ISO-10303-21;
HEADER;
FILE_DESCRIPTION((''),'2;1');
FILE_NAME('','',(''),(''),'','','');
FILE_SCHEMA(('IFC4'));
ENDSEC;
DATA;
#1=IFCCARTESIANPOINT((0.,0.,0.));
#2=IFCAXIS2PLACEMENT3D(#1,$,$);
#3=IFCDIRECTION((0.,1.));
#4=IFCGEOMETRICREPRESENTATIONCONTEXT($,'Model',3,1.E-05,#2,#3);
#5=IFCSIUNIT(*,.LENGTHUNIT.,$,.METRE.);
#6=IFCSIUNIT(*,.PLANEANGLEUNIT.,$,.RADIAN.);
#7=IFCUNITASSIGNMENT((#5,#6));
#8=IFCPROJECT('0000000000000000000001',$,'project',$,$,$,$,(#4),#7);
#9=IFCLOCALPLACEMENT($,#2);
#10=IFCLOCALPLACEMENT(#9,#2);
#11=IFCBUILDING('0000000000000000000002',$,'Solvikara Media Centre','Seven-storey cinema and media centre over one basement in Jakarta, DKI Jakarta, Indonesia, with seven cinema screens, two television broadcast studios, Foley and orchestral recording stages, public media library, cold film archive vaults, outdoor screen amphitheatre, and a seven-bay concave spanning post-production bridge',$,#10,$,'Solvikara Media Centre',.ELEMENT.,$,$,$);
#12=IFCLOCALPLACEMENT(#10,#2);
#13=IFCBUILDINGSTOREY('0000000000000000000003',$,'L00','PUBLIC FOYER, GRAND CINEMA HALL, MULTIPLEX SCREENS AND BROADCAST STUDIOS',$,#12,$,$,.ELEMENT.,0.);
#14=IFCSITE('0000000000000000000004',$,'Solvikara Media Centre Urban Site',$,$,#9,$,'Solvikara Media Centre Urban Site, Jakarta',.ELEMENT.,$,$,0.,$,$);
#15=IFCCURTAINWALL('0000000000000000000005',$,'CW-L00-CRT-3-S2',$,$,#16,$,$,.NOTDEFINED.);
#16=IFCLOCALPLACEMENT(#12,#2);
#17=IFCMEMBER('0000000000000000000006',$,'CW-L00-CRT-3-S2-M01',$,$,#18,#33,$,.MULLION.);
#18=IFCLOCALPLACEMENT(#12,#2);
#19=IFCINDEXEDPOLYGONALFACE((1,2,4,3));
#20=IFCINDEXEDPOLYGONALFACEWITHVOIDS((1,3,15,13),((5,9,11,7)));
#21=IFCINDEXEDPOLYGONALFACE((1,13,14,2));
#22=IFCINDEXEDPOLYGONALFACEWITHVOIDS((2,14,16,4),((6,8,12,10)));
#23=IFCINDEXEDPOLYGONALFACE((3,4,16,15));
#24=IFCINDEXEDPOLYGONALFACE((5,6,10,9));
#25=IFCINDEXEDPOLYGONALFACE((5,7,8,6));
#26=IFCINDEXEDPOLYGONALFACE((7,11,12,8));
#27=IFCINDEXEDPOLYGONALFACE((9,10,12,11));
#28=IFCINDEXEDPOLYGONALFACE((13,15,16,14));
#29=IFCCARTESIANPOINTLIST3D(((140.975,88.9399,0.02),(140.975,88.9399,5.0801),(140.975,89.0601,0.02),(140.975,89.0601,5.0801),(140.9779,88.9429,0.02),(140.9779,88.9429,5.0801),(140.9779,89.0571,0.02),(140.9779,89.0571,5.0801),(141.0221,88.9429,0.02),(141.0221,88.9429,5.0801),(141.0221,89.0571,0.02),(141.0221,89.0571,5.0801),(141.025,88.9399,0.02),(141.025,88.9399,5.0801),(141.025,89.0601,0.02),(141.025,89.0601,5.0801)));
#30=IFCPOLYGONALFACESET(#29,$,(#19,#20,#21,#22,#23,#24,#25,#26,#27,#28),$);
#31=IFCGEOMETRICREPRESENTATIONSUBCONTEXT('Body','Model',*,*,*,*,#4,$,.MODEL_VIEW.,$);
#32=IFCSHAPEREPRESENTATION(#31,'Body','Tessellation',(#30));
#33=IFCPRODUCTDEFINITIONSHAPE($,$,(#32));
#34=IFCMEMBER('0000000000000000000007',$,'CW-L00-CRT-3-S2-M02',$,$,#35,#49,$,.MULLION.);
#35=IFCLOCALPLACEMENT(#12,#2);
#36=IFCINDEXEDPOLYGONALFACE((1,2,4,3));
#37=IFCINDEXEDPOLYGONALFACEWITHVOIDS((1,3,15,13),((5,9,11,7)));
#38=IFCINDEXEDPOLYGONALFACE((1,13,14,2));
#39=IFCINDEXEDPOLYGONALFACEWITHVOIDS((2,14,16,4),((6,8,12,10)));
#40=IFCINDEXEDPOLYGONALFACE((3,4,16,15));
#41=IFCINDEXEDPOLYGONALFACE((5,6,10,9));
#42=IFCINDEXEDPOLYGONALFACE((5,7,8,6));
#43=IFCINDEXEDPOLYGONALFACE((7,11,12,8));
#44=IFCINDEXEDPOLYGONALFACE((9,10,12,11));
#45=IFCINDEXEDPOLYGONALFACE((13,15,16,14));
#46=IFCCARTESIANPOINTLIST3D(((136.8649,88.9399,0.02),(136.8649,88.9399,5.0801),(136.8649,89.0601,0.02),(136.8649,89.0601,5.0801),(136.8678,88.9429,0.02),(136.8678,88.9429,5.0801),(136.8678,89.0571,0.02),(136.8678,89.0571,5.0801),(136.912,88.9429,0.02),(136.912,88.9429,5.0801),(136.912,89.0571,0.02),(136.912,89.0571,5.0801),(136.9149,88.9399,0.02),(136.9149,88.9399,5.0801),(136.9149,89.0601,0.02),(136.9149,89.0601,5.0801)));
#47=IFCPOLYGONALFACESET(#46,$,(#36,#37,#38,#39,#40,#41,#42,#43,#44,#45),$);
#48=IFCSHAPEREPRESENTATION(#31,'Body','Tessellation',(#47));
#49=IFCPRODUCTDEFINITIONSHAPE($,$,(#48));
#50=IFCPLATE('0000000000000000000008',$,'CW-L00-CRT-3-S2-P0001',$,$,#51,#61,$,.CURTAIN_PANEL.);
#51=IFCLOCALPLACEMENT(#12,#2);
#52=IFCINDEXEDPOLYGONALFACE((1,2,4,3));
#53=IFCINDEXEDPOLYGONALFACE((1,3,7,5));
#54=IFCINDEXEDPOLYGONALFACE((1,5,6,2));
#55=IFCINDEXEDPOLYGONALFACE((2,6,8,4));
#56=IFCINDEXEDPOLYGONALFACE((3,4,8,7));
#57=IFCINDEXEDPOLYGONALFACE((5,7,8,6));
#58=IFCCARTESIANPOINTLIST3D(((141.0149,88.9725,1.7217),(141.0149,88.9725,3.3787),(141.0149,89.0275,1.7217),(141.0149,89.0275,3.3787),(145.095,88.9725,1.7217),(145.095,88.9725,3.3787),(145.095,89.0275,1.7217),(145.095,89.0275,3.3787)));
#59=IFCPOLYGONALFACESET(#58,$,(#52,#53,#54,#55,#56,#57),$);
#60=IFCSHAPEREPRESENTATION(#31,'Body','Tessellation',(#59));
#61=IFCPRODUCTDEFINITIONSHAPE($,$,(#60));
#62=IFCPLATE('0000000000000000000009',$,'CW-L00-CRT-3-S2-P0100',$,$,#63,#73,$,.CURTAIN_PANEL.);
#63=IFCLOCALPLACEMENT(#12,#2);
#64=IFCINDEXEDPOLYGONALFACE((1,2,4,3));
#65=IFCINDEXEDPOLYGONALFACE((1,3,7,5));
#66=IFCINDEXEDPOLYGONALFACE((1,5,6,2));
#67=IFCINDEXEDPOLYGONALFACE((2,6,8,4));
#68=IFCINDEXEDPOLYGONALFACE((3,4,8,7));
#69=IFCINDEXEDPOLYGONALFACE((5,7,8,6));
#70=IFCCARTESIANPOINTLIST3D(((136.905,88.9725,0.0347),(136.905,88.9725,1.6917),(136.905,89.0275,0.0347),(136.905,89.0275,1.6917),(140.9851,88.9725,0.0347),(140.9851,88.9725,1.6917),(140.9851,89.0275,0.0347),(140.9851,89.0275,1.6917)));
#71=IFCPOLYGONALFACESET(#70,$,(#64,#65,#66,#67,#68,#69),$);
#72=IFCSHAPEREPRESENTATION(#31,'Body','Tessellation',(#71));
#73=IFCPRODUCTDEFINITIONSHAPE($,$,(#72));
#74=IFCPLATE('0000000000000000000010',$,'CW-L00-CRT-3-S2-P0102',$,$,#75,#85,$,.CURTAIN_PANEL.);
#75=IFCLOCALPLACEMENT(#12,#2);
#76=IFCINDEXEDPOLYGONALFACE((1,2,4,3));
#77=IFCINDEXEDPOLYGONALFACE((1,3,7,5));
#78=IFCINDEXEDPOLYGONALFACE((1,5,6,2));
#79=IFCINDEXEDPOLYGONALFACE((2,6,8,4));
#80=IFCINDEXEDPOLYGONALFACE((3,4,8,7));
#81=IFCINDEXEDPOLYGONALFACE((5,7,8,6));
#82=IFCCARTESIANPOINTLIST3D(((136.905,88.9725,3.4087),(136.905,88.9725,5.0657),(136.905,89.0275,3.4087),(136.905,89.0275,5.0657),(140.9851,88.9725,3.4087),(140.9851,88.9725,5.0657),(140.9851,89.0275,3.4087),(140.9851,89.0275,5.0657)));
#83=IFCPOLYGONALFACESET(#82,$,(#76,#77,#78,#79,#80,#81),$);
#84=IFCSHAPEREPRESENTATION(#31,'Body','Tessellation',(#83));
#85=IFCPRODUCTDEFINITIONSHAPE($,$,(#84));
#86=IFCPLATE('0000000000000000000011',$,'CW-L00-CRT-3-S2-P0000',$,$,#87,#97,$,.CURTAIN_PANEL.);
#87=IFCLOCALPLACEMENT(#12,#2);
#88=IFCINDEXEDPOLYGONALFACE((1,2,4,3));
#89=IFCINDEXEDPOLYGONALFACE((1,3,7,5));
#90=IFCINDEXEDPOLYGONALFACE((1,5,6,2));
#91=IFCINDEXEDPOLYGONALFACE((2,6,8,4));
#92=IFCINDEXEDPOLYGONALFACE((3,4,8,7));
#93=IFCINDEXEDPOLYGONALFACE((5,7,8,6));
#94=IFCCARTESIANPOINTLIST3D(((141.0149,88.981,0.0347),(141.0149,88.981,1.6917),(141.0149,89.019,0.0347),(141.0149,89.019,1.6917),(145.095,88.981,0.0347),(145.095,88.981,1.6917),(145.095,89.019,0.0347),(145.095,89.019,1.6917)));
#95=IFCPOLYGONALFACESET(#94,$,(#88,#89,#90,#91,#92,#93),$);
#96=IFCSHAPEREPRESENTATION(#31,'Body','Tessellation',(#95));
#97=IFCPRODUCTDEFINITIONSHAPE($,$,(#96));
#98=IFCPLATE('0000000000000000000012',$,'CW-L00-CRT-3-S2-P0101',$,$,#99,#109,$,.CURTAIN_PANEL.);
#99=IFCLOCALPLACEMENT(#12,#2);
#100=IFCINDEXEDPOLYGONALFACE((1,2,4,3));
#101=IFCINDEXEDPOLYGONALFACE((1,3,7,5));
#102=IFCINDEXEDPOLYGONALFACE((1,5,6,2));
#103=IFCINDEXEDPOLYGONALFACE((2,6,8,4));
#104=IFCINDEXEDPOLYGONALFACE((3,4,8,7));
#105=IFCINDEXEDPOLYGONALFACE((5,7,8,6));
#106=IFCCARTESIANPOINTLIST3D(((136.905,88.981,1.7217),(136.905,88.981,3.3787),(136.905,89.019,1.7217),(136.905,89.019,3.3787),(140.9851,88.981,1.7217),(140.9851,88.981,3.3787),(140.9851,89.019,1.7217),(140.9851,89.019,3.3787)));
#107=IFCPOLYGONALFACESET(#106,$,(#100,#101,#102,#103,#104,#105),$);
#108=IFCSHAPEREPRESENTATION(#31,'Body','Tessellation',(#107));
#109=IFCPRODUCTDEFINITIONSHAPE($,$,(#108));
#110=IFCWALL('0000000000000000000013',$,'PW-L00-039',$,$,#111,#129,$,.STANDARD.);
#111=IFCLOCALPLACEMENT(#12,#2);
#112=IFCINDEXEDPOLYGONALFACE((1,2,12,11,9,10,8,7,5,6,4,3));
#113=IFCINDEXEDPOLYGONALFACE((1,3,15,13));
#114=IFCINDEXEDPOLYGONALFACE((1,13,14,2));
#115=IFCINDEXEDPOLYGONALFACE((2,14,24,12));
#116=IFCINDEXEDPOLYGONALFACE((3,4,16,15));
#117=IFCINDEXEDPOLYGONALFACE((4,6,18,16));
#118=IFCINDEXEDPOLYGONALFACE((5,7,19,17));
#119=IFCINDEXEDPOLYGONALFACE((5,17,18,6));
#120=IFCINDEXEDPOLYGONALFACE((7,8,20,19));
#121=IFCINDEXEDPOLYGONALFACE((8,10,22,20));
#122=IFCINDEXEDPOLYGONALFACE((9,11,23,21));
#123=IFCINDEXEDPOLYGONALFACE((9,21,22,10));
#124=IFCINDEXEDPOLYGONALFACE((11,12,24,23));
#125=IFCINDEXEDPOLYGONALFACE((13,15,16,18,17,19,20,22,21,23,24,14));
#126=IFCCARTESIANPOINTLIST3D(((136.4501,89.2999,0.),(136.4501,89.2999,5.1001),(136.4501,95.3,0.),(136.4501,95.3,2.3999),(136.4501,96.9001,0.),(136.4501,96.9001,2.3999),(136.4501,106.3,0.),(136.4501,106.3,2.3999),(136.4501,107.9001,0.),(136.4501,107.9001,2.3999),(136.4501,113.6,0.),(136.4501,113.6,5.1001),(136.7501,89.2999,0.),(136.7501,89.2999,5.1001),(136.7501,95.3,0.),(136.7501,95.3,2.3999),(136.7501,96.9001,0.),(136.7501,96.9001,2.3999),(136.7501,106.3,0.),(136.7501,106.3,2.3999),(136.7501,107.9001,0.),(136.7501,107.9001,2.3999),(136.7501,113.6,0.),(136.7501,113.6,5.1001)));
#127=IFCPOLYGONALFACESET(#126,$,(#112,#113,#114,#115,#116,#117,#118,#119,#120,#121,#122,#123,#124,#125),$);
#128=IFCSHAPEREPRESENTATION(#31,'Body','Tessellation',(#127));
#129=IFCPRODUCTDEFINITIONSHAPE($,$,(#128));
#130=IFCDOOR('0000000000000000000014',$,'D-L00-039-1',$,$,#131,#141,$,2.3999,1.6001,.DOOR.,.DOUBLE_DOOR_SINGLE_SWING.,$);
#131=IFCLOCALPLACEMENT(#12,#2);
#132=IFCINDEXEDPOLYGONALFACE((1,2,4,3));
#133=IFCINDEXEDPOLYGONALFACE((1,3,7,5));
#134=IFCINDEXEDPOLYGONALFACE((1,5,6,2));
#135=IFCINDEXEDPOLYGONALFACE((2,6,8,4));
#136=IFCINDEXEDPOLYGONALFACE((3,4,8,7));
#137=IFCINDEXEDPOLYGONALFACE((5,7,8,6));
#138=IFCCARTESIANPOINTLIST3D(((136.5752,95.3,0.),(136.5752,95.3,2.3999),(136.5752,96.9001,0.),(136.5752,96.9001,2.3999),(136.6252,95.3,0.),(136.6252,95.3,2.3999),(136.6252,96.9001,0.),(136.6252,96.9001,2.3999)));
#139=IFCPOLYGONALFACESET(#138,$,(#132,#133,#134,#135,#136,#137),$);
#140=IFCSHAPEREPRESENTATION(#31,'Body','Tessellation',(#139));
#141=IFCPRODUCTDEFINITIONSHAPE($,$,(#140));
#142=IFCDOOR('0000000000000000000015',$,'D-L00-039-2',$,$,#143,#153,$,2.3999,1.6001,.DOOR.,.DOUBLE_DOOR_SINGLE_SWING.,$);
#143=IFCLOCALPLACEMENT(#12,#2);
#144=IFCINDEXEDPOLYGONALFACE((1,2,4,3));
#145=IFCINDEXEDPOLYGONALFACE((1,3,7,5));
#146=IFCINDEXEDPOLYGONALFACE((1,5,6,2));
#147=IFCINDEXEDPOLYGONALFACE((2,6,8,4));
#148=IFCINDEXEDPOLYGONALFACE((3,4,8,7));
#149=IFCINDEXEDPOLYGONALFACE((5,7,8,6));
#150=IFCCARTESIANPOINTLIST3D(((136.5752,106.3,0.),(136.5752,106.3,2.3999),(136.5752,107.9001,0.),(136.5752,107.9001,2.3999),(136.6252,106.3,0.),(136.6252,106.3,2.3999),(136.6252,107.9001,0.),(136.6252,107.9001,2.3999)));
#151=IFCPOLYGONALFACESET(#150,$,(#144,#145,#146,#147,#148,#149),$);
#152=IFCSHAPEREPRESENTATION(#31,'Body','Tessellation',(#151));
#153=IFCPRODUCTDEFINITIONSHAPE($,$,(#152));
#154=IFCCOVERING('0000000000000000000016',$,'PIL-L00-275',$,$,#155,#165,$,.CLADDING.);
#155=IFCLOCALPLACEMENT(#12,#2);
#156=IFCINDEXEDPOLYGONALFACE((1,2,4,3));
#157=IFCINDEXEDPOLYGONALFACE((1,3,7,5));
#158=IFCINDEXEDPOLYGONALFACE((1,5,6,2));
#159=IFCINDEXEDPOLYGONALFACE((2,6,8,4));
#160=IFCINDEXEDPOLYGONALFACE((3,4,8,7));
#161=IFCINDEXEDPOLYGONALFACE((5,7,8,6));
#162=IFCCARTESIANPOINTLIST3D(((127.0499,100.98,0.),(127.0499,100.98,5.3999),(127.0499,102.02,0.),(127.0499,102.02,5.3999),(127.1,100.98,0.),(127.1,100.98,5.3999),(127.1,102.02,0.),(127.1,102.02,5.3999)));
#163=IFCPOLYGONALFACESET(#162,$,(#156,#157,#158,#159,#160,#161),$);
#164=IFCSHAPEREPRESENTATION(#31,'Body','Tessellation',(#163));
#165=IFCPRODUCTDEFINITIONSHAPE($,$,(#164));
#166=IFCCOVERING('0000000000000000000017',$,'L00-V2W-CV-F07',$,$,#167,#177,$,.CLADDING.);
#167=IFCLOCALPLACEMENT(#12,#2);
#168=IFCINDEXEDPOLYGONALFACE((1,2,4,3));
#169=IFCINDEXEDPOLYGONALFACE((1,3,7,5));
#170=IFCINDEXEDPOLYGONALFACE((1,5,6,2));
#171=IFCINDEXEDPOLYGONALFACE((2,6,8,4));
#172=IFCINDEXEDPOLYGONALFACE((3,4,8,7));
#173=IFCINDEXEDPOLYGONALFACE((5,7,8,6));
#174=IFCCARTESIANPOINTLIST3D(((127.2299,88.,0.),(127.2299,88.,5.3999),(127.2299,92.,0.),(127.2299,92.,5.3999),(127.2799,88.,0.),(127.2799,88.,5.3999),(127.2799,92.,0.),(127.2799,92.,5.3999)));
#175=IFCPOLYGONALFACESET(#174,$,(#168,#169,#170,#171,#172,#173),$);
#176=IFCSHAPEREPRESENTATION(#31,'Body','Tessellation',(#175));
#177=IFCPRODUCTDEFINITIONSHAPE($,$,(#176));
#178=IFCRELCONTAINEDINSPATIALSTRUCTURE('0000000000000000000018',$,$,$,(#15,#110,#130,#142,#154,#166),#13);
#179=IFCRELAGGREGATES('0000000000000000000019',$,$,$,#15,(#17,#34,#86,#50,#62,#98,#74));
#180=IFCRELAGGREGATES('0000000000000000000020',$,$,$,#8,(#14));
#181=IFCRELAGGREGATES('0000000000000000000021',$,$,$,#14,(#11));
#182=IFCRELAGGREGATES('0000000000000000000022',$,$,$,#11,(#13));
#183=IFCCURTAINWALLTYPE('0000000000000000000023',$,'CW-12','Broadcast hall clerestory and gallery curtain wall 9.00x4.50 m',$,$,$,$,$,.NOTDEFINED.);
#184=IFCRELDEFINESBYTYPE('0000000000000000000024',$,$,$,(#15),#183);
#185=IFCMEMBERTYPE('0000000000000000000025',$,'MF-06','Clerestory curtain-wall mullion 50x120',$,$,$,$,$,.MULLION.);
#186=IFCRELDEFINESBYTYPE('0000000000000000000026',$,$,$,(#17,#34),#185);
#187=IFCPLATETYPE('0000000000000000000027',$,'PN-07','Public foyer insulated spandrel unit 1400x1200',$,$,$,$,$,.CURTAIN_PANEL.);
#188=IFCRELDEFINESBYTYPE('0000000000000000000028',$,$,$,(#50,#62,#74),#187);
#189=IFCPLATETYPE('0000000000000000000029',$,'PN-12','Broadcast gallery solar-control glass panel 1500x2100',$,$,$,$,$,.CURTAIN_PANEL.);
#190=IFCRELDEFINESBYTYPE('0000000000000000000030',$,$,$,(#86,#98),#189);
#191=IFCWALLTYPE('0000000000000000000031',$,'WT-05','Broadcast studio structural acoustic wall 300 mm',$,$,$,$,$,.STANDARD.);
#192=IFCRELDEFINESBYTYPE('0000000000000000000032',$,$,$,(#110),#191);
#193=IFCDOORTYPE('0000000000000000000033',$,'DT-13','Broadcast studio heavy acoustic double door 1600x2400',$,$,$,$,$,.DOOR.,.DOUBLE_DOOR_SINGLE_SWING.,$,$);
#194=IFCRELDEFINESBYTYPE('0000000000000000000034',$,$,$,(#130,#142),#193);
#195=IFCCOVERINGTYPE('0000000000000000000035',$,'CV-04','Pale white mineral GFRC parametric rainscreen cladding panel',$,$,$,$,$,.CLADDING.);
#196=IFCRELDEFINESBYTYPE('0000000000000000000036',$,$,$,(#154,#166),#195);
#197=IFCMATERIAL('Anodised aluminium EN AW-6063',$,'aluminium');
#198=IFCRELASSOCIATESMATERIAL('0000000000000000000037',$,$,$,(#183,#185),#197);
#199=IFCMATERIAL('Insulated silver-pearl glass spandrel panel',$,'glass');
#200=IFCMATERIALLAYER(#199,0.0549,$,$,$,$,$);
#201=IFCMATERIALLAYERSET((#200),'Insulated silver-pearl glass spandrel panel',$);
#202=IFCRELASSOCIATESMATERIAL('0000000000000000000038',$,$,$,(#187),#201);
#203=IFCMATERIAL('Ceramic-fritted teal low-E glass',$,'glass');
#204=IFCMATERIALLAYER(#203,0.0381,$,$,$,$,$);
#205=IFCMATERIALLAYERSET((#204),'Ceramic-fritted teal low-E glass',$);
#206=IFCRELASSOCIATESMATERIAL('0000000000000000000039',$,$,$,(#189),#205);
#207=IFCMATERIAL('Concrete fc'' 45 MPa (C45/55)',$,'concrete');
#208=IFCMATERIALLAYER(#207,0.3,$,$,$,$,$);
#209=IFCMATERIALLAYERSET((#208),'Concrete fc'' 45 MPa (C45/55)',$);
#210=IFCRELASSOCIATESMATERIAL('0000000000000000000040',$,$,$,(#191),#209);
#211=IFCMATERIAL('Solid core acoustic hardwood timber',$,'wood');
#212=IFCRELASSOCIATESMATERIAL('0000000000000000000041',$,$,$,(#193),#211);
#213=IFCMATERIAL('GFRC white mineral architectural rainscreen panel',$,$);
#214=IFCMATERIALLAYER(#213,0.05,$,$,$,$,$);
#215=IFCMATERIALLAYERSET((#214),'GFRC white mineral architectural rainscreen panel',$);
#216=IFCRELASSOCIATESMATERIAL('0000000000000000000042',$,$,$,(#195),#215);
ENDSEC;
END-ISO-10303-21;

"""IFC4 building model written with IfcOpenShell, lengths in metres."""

from ifc_helpers import new_model, si_unit, direction, frame, frame_2d, origin, origin_2d, place, context, subcontext, project, spatial, rectangle, hollow_rectangle, extrude, material, layer, layer_set, material_profile, profile_set, type_object, element, fill, aggregate, save


model = new_model("IFC4")

# Units and contexts
model_context = context("Model", 3, precision=1e-05, world=origin(), true_north=direction((0.0, 1.0)))
body_context = subcontext(model_context, "Body", "Model", "MODEL_VIEW")
ifc_project = project(units=[si_unit("LENGTHUNIT", "METRE"), si_unit("PLANEANGLEUNIT", "RADIAN")], contexts=[model_context])

# Site, building, storey
site_placement = place(None, origin())
site = spatial("IfcSite", under=ifc_project, at=site_placement, Name="Solvikara Media Centre Urban Site", LongName="Solvikara Media Centre Urban Site, Jakarta", CompositionType="ELEMENT", RefElevation=0.0)
building_placement = place(site_placement, origin())
building = spatial("IfcBuilding", under=site, at=building_placement, Name="Solvikara Media Centre", Description="Seven-storey cinema and media centre over one basement in Jakarta, DKI Jakarta, Indonesia, with seven cinema screens, two television broadcast studios, Foley and orchestral recording stages, public media library, cold film archive vaults, outdoor screen amphitheatre, and a seven-bay concave spanning post-production bridge", LongName="Solvikara Media Centre", CompositionType="ELEMENT")
storey_placement = place(building_placement, origin())
storey = spatial("IfcBuildingStorey", under=building, at=storey_placement, Name="L00", Description="PUBLIC FOYER, GRAND CINEMA HALL, MULTIPLEX SCREENS AND BROADCAST STUDIOS", CompositionType="ELEMENT", Elevation=0.0)

# Shared definitions
ifc_material_1 = material(Name="Concrete fc' 45 MPa (C45/55)", Category="concrete")

# Curtain wall, members, plates
ifc_material_2 = material(Name="Anodised aluminium EN AW-6063", Category="aluminium")
curtain_wall_type = type_object("IfcCurtainWallType", Name="CW-12", Description="Broadcast hall clerestory and gallery curtain wall 9.00x4.50 m", PredefinedType="NOTDEFINED", material=ifc_material_2)
curtain_wall_placement = place(storey_placement, origin())
curtain_wall = element("IfcCurtainWall", 1, at=curtain_wall_placement, inside=storey, type_object=curtain_wall_type, Name="CW-L00-CRT-3-S2", PredefinedType="NOTDEFINED")
ifc_material_profile_1 = material_profile(ifc_material_2, hollow_rectangle(XDim=0.05, YDim=0.1201, WallThickness=0.0029, at=origin_2d()), Name="ALU-M 50x120x3")
ifc_profile_set_1 = profile_set([ifc_material_profile_1], Name="Anodised aluminium EN AW-6063")
member_type = type_object("IfcMemberType", Name="MF-06", Description="Clerestory curtain-wall mullion 50x120", PredefinedType="MULLION", material=ifc_profile_set_1)
member_1_placement = place(storey_placement, frame((141.0, 89.0, 0.02), z_axis=(0.0, 0.0, 1.0), x_axis=(-1.0, 0.0, 0.0)))
member_1 = element("IfcMember", 2, at=member_1_placement, type_object=member_type, Name="CW-L00-CRT-3-S2-M01", PredefinedType="MULLION", context=body_context, shape_type="SweptSolid", body=[
    extrude(hollow_rectangle(XDim=0.05, YDim=0.1201, WallThickness=0.0029, at=origin_2d()), origin(), (0.0, 0.0, 1.0), 5.0601),
])
member_2_placement = place(storey_placement, frame((136.8899, 89.0, 0.02), z_axis=(0.0, 0.0, 1.0), x_axis=(-1.0, 0.0, 0.0)))
member_2 = element("IfcMember", 3, at=member_2_placement, type_object=member_type, Name="CW-L00-CRT-3-S2-M02", PredefinedType="MULLION", context=body_context, shape_type="SweptSolid", body=[
    extrude(hollow_rectangle(XDim=0.05, YDim=0.1201, WallThickness=0.0029, at=origin_2d()), origin(), (0.0, 0.0, 1.0), 5.0601),
])
ifc_material_3 = material(Name="Insulated silver-pearl glass spandrel panel", Category="glass")
ifc_layer_1 = layer(ifc_material_3, 0.0549)
ifc_layer_set_1 = layer_set([ifc_layer_1], Name="Insulated silver-pearl glass spandrel panel")
plate_type_1 = type_object("IfcPlateType", Name="PN-07", Description="Public foyer insulated spandrel unit 1400x1200", PredefinedType="CURTAIN_PANEL", material=ifc_layer_set_1)
plate_1_placement = place(storey_placement, frame((143.0549, 89.0, 1.7217), z_axis=(0.0, 0.0, 1.0), x_axis=(-1.0, 0.0, 0.0)))
plate_1 = element("IfcPlate", 4, at=plate_1_placement, type_object=plate_type_1, Name="CW-L00-CRT-3-S2-P0001", PredefinedType="CURTAIN_PANEL", context=body_context, shape_type="SweptSolid", body=[
    extrude(rectangle(XDim=4.0801, YDim=0.0549, at=origin_2d()), origin(), (0.0, 0.0, 1.0), 1.657),
])
plate_2_placement = place(storey_placement, frame((138.9451, 89.0, 0.0347), z_axis=(0.0, 0.0, 1.0), x_axis=(-1.0, 0.0, 0.0)))
plate_2 = element("IfcPlate", 5, at=plate_2_placement, type_object=plate_type_1, Name="CW-L00-CRT-3-S2-P0100", PredefinedType="CURTAIN_PANEL", context=body_context, shape_type="SweptSolid", body=[
    extrude(rectangle(XDim=4.0801, YDim=0.0549, at=origin_2d()), origin(), (0.0, 0.0, 1.0), 1.657),
])
plate_3_placement = place(storey_placement, frame((138.9451, 89.0, 3.4087), z_axis=(0.0, 0.0, 1.0), x_axis=(-1.0, 0.0, 0.0)))
plate_3 = element("IfcPlate", 6, at=plate_3_placement, type_object=plate_type_1, Name="CW-L00-CRT-3-S2-P0102", PredefinedType="CURTAIN_PANEL", context=body_context, shape_type="SweptSolid", body=[
    extrude(rectangle(XDim=4.0801, YDim=0.0549, at=origin_2d()), origin(), (0.0, 0.0, 1.0), 1.657),
])
ifc_material_4 = material(Name="Ceramic-fritted teal low-E glass", Category="glass")
ifc_layer_2 = layer(ifc_material_4, 0.0381)
ifc_layer_set_2 = layer_set([ifc_layer_2], Name="Ceramic-fritted teal low-E glass")
plate_type_2 = type_object("IfcPlateType", Name="PN-12", Description="Broadcast gallery solar-control glass panel 1500x2100", PredefinedType="CURTAIN_PANEL", material=ifc_layer_set_2)
plate_4_placement = place(storey_placement, frame((143.0549, 89.0, 0.0347), z_axis=(0.0, 0.0, 1.0), x_axis=(-1.0, 0.0, 0.0)))
plate_4 = element("IfcPlate", 7, at=plate_4_placement, type_object=plate_type_2, Name="CW-L00-CRT-3-S2-P0000", PredefinedType="CURTAIN_PANEL", context=body_context, shape_type="SweptSolid", body=[
    extrude(rectangle(XDim=4.0801, YDim=0.0381, at=origin_2d()), origin(), (0.0, 0.0, 1.0), 1.657),
])
plate_5_placement = place(storey_placement, frame((138.9451, 89.0, 1.7217), z_axis=(0.0, 0.0, 1.0), x_axis=(-1.0, 0.0, 0.0)))
plate_5 = element("IfcPlate", 8, at=plate_5_placement, type_object=plate_type_2, Name="CW-L00-CRT-3-S2-P0101", PredefinedType="CURTAIN_PANEL", context=body_context, shape_type="SweptSolid", body=[
    extrude(rectangle(XDim=4.0801, YDim=0.0381, at=origin_2d()), origin(), (0.0, 0.0, 1.0), 1.657),
])
aggregate(curtain_wall, [member_1, member_2, plate_4, plate_1, plate_2, plate_5, plate_3])

# Wall, openings, doors
ifc_layer_3 = layer(ifc_material_1, 0.3)
ifc_layer_set_3 = layer_set([ifc_layer_3], Name="Concrete fc' 45 MPa (C45/55)")
wall_type = type_object("IfcWallType", Name="WT-05", Description="Broadcast studio structural acoustic wall 300 mm", PredefinedType="STANDARD", material=ifc_layer_set_3)
wall_placement = place(storey_placement, frame((136.6001, 89.3, 0.0), z_axis=(0.0, 0.0, 1.0), x_axis=(0.0, 1.0, 0.0)))
wall = element("IfcWall", 9, at=wall_placement, inside=storey, type_object=wall_type, Name="PW-L00-039", PredefinedType="STANDARD", context=body_context, shape_type="SweptSolid", body=[
    extrude(rectangle(XDim=24.3, YDim=0.3, at=frame_2d((12.1499, 0.0))), origin(), (0.0, 0.0, 1.0), 5.1001),
])
opening_1_placement = place(wall_placement, frame((6.0, 0.0, 0.0)))
opening_1 = element("IfcOpeningElement", 10, at=opening_1_placement, cuts=wall, PredefinedType="OPENING", context=body_context, shape_type="SweptSolid", body=[
    extrude(rectangle(XDim=1.6001, YDim=2.3999, at=frame_2d((0.8, 1.2))), frame((0.0, 0.1621, 0.0), z_axis=(0.0, -1.0, 0.0), x_axis=(1.0, 0.0, 0.0)), (0.0, 0.0, 1.0), 0.324),
])
opening_2_placement = place(wall_placement, frame((17.0, 0.0, 0.0)))
opening_2 = element("IfcOpeningElement", 11, at=opening_2_placement, cuts=wall, PredefinedType="OPENING", context=body_context, shape_type="SweptSolid", body=[
    extrude(rectangle(XDim=1.6001, YDim=2.3999, at=frame_2d((0.8, 1.2))), frame((0.0, 0.1621, 0.0), z_axis=(0.0, -1.0, 0.0), x_axis=(1.0, 0.0, 0.0)), (0.0, 0.0, 1.0), 0.324),
])
ifc_material_5 = material(Name="Solid core acoustic hardwood timber", Category="wood")
door_type = type_object("IfcDoorType", Name="DT-13", Description="Broadcast studio heavy acoustic double door 1600x2400", OperationType="DOUBLE_DOOR_SINGLE_SWING", PredefinedType="DOOR", material=ifc_material_5)
door_1_placement = place(opening_1_placement, origin())
door_1 = element("IfcDoor", 12, at=door_1_placement, inside=storey, type_object=door_type, Name="D-L00-039-1", OperationType="DOUBLE_DOOR_SINGLE_SWING", OverallHeight=2.3999, OverallWidth=1.6001, PredefinedType="DOOR", context=body_context, shape_type="SweptSolid", body=[
    extrude(rectangle(XDim=1.6001, YDim=2.3999, at=frame_2d((0.8, 1.2))), frame((0.0, 0.0249, 0.0), z_axis=(0.0, -1.0, 0.0), x_axis=(1.0, 0.0, 0.0)), (0.0, 0.0, 1.0), 0.05),
])
fill(opening_1, door_1)
door_2_placement = place(opening_2_placement, origin())
door_2 = element("IfcDoor", 13, at=door_2_placement, inside=storey, type_object=door_type, Name="D-L00-039-2", OperationType="DOUBLE_DOOR_SINGLE_SWING", OverallHeight=2.3999, OverallWidth=1.6001, PredefinedType="DOOR", context=body_context, shape_type="SweptSolid", body=[
    extrude(rectangle(XDim=1.6001, YDim=2.3999, at=frame_2d((0.8, 1.2))), frame((0.0, 0.0249, 0.0), z_axis=(0.0, -1.0, 0.0), x_axis=(1.0, 0.0, 0.0)), (0.0, 0.0, 1.0), 0.05),
])
fill(opening_2, door_2)

# Coverings
ifc_material_6 = material(Name="GFRC white mineral architectural rainscreen panel")
ifc_layer_4 = layer(ifc_material_6, 0.05)
ifc_layer_set_4 = layer_set([ifc_layer_4], Name="GFRC white mineral architectural rainscreen panel")
covering_type = type_object("IfcCoveringType", Name="CV-04", Description="Pale white mineral GFRC parametric rainscreen cladding panel", PredefinedType="CLADDING", material=ifc_layer_set_4)
covering_1_placement = place(storey_placement, frame((127.075, 101.5, 0.0), z_axis=(0.0, 0.0, 1.0), x_axis=(0.0, -1.0, 0.0)))
element("IfcCovering", 14, at=covering_1_placement, inside=storey, type_object=covering_type, Name="PIL-L00-275", PredefinedType="CLADDING", context=body_context, shape_type="SweptSolid", body=[
    extrude(rectangle(XDim=1.04, YDim=0.05, at=origin_2d()), origin(), (0.0, 0.0, 1.0), 5.3999),
])
covering_2_placement = place(storey_placement, frame((127.2549, 90.0, 0.0), z_axis=(0.0, 0.0, 1.0), x_axis=(0.0, 1.0, 0.0)))
element("IfcCovering", 15, at=covering_2_placement, inside=storey, type_object=covering_type, Name="L00-V2W-CV-F07", PredefinedType="CLADDING", context=body_context, shape_type="SweptSolid", body=[
    extrude(rectangle(XDim=4.0, YDim=0.05, at=origin_2d()), origin(), (0.0, 0.0, 1.0), 5.3999),
])

save(model, "model.ifc")
